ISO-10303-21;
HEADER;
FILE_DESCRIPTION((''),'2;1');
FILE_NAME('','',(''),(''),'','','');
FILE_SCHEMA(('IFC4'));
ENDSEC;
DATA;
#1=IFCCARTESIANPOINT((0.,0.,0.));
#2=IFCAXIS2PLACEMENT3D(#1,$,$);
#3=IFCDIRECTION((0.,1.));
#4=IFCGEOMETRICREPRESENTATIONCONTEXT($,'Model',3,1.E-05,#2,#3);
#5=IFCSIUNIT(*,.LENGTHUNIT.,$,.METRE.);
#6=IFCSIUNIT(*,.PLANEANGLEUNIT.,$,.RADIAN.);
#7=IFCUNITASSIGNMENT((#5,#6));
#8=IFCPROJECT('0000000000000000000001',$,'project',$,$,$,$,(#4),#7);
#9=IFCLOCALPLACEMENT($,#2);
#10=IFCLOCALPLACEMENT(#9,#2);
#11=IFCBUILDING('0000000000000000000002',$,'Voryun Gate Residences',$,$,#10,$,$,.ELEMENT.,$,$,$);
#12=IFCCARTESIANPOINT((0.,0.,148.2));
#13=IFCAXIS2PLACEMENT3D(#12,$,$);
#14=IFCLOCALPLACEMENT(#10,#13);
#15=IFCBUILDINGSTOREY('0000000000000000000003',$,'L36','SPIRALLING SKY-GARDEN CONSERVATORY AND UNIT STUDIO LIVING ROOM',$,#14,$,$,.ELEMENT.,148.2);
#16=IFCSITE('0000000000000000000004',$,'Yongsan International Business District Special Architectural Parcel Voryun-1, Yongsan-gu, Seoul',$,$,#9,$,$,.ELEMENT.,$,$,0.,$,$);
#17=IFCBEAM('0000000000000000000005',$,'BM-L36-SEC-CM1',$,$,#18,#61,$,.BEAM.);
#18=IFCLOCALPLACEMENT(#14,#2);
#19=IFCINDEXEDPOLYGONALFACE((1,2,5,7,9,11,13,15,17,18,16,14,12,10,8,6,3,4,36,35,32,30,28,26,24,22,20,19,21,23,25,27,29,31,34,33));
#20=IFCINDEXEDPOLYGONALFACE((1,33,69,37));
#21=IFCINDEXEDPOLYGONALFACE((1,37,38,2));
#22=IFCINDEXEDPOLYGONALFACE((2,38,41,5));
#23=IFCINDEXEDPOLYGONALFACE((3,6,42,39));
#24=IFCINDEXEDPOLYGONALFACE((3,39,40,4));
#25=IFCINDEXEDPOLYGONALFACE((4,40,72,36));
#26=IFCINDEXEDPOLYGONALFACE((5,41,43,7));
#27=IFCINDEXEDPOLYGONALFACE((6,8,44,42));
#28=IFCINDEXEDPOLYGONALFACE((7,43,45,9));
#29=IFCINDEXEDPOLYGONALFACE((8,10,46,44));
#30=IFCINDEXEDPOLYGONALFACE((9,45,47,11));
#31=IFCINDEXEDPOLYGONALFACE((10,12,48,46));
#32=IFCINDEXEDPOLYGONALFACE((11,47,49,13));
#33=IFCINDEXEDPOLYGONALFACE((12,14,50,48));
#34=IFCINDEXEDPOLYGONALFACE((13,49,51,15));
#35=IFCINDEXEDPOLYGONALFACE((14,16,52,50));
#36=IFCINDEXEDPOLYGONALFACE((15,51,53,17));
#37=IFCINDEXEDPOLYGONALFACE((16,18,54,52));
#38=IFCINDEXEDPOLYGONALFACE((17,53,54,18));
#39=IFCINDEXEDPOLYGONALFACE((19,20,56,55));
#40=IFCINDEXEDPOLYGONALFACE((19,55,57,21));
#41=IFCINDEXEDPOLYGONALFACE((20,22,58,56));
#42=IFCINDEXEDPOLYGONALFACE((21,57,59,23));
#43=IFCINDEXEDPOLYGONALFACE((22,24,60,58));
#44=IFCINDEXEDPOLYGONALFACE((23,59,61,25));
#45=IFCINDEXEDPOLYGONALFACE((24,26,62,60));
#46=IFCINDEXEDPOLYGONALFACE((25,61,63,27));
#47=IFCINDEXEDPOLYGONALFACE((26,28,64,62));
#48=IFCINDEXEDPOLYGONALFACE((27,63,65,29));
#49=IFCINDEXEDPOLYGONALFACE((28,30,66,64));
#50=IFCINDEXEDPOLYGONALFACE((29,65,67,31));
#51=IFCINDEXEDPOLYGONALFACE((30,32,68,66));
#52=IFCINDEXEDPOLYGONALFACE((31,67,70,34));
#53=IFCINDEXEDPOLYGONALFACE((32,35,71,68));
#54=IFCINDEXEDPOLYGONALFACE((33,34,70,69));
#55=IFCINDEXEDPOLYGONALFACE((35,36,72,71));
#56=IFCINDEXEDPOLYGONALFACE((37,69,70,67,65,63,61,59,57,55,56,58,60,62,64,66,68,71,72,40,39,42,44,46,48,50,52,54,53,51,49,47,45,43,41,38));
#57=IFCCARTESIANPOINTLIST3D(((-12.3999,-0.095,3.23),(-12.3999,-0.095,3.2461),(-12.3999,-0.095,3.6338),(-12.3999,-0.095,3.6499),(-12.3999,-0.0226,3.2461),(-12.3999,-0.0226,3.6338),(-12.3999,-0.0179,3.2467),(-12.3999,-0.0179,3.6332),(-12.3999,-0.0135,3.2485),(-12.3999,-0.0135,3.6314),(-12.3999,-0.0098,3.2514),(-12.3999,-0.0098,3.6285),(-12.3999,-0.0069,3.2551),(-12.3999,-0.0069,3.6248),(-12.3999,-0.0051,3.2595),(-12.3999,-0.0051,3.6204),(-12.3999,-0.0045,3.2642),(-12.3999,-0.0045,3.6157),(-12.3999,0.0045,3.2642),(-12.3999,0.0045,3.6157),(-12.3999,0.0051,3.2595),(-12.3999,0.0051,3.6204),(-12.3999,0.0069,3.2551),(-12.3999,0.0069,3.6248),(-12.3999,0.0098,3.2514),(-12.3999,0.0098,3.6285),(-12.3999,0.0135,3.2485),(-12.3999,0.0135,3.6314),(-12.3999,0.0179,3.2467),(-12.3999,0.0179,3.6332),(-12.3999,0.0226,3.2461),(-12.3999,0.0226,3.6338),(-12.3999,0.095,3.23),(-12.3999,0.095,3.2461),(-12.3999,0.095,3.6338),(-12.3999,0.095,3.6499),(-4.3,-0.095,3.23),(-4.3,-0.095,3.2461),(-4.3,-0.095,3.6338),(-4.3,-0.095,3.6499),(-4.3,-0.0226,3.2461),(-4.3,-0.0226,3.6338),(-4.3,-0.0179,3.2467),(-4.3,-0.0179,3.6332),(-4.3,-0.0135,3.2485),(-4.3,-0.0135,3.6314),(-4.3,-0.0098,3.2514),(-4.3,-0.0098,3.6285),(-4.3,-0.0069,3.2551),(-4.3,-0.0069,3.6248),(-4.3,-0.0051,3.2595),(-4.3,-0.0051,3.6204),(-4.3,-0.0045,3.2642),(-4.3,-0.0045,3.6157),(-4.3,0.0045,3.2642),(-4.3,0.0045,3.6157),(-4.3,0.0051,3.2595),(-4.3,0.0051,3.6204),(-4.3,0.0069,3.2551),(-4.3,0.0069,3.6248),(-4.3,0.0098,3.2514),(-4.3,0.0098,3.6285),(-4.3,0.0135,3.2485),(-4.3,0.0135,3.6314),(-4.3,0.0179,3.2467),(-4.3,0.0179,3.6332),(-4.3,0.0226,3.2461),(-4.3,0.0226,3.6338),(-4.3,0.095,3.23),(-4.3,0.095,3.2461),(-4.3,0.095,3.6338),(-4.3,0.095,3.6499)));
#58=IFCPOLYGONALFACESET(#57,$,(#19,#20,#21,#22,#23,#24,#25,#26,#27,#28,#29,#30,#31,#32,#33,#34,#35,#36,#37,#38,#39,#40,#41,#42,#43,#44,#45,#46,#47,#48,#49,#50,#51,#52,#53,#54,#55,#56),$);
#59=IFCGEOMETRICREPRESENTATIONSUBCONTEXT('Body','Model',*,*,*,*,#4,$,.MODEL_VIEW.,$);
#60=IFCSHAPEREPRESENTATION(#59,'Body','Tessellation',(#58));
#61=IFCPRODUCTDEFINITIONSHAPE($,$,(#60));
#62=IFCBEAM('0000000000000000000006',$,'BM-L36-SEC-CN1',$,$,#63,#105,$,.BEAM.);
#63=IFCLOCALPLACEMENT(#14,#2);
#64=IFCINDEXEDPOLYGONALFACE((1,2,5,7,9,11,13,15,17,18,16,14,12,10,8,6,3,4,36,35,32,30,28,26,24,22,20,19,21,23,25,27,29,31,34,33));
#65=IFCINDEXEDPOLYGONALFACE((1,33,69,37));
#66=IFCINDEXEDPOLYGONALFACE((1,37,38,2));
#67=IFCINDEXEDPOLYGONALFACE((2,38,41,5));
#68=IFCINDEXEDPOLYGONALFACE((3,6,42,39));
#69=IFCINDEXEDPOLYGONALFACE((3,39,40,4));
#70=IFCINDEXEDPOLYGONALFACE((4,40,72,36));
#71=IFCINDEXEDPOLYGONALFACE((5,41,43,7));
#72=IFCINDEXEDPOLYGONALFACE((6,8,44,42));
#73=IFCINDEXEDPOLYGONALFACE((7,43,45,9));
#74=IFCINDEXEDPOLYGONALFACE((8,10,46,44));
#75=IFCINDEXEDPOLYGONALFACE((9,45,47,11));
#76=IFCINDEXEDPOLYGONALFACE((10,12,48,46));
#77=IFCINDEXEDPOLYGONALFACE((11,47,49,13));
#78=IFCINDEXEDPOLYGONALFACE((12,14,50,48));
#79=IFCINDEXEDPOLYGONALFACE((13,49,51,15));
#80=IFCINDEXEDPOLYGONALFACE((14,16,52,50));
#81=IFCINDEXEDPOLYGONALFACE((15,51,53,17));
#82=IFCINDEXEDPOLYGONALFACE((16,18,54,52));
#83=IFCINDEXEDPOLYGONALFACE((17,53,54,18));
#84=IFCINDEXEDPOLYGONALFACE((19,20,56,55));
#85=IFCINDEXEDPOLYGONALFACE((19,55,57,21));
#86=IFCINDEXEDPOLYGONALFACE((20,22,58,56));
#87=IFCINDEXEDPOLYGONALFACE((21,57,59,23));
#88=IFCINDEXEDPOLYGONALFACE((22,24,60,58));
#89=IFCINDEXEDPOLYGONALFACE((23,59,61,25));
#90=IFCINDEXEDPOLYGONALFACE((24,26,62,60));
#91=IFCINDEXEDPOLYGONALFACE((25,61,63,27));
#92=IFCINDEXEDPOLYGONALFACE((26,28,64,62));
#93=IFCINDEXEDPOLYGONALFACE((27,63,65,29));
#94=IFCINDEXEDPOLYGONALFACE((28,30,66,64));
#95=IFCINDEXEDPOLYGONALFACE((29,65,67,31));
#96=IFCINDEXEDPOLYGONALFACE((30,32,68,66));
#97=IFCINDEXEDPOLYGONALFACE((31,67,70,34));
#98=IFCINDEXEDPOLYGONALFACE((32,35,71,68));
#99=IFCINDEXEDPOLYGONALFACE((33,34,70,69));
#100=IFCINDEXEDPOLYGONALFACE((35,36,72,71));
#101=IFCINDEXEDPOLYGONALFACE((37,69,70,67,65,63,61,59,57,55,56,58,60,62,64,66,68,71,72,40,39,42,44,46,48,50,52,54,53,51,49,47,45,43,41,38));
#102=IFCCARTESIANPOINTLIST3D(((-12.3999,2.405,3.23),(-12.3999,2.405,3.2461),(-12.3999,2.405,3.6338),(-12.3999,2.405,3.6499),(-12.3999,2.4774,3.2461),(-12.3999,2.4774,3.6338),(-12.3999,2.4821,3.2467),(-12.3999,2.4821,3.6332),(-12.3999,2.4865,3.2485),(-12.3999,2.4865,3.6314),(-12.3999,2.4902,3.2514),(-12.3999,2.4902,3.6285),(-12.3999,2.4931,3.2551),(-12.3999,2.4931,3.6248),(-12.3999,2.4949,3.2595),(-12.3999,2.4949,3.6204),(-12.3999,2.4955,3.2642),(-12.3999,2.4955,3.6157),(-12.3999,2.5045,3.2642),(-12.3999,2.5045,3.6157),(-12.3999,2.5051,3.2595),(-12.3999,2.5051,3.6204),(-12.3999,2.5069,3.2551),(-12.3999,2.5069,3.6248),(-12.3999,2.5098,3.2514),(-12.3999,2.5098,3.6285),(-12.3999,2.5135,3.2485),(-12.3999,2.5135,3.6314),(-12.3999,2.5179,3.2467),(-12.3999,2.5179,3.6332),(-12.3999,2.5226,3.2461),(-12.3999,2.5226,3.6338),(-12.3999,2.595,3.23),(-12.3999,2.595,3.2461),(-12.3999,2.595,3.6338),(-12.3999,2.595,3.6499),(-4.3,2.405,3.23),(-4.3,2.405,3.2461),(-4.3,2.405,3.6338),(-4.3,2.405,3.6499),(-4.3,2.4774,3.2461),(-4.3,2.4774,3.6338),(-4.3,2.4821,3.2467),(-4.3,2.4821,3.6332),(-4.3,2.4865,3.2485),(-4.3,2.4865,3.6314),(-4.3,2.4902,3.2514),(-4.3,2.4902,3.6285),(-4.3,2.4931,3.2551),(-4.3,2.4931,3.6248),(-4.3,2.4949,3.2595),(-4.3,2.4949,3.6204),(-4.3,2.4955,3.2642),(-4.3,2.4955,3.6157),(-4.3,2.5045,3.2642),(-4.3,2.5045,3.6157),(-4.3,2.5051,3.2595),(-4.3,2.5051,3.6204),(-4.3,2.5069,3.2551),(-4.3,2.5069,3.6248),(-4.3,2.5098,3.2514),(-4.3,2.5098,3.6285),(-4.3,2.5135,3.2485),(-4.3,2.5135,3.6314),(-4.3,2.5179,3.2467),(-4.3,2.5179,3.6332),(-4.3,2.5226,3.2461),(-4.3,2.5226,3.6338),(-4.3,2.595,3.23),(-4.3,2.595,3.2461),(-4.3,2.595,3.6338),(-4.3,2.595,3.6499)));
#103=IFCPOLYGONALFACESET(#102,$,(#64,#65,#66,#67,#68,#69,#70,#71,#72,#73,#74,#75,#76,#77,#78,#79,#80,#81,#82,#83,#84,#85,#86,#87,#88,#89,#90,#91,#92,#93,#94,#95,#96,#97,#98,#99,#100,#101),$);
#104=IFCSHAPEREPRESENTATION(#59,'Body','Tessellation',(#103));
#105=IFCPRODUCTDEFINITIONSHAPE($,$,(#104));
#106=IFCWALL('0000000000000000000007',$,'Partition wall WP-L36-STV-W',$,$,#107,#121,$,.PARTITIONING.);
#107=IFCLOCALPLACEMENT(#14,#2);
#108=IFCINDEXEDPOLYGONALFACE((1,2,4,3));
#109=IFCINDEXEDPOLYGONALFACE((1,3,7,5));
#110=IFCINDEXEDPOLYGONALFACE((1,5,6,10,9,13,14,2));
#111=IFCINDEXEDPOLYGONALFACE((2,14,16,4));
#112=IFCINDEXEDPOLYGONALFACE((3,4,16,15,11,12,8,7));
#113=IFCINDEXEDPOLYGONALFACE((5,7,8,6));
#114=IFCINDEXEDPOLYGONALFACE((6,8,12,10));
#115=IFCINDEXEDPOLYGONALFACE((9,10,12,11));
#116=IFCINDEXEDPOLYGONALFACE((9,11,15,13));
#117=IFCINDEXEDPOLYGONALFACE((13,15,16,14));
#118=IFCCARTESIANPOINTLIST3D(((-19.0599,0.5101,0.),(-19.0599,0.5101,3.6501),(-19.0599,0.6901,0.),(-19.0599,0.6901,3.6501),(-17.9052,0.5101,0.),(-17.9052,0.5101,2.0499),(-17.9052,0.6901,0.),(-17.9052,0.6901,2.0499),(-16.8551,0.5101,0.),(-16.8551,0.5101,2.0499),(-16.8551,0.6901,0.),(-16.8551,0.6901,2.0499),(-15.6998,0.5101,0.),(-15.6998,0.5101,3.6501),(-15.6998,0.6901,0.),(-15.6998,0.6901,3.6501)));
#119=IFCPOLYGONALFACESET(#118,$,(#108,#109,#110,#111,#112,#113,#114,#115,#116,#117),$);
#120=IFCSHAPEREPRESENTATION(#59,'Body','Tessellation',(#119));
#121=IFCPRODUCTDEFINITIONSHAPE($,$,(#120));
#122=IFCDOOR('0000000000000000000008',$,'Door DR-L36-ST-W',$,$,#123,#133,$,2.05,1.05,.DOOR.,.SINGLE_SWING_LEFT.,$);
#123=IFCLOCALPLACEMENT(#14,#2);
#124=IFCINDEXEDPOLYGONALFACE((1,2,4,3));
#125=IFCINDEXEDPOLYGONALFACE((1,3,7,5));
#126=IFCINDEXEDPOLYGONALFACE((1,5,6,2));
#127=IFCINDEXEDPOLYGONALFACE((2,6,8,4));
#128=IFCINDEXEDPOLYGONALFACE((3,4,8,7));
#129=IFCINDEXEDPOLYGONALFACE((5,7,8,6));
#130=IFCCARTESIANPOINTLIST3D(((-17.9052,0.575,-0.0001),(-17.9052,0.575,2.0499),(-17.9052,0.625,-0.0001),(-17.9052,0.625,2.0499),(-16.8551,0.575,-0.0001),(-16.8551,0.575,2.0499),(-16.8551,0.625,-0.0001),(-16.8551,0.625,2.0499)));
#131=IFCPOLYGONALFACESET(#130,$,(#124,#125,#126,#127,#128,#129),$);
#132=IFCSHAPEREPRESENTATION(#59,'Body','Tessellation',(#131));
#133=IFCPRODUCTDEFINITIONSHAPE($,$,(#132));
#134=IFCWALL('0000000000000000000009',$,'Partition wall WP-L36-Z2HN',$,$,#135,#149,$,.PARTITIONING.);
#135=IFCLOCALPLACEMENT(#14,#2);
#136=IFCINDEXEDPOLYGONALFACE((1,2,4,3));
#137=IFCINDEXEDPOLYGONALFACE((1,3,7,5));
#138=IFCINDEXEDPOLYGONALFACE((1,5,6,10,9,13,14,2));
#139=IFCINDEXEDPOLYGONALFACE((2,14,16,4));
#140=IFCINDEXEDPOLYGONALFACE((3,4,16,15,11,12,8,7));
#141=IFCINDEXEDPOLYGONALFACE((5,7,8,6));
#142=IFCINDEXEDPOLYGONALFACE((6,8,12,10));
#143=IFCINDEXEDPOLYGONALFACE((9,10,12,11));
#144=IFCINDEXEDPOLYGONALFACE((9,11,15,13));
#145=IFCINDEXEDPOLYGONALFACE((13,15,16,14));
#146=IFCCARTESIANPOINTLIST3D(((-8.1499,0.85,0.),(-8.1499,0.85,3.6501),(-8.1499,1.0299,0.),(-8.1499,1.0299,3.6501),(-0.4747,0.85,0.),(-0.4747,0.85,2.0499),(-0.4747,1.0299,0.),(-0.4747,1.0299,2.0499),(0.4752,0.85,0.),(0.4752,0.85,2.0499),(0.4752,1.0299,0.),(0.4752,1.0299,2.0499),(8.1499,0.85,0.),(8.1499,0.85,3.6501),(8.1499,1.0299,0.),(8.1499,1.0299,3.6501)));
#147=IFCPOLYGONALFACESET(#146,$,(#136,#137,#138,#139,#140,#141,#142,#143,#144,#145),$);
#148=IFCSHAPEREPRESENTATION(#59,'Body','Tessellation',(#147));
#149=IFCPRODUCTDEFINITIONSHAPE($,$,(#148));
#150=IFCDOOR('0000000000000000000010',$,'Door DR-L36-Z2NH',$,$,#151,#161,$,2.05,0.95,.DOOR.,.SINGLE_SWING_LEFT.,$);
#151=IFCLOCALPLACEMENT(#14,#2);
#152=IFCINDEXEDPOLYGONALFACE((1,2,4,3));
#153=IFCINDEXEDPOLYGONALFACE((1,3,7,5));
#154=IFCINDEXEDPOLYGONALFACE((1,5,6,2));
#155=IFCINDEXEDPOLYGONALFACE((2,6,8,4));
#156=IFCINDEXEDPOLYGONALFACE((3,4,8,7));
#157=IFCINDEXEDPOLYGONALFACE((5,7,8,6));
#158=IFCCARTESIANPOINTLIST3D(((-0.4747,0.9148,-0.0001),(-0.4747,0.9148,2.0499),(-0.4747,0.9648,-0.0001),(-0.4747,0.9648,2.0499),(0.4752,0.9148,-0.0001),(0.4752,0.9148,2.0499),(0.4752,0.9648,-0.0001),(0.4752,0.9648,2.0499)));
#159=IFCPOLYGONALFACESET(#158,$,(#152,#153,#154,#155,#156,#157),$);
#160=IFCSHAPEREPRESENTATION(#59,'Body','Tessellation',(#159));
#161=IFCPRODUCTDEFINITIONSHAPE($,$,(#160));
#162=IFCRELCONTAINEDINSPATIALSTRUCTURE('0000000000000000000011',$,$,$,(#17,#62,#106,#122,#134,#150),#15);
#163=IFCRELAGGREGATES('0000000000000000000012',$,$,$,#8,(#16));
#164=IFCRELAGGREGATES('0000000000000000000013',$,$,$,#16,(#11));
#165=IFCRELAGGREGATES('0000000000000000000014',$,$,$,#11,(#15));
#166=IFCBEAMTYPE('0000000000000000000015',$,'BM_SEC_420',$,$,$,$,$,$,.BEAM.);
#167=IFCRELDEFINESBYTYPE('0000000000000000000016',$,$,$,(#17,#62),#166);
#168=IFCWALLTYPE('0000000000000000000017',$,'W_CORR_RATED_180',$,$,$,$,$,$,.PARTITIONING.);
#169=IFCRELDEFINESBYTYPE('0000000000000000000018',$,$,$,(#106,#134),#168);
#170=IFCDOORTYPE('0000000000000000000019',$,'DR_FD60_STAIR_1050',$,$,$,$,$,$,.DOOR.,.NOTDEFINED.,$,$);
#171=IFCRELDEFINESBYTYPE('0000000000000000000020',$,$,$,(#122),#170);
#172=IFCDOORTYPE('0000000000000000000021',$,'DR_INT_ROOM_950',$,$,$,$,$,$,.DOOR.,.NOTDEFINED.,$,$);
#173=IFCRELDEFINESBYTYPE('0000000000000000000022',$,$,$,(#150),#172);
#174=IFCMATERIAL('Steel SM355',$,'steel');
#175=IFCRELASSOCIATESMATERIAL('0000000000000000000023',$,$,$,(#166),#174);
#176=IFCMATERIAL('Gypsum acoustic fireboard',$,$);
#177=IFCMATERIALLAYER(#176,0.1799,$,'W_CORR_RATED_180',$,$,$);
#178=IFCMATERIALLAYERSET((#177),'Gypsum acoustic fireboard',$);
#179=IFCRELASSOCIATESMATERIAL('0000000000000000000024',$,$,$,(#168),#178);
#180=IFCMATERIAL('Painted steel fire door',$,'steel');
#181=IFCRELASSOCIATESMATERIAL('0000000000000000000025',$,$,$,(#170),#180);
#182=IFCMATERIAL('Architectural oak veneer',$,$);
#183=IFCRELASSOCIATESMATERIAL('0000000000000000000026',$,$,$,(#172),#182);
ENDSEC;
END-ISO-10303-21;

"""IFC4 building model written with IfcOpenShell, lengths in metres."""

from ifc_helpers import new_model, si_unit, direction, frame, frame_2d, origin, origin_2d, place, context, subcontext, project, spatial, rectangle, i_section, extrude, material, layer, layer_set, material_profile, profile_set, type_object, element, fill, save


model = new_model("IFC4")

# Units and contexts
model_context = context("Model", 3, precision=1e-05, world=origin(), true_north=direction((0.0, 1.0)))
body_context = subcontext(model_context, "Body", "Model", "MODEL_VIEW")
ifc_project = project(units=[si_unit("LENGTHUNIT", "METRE"), si_unit("PLANEANGLEUNIT", "RADIAN")], contexts=[model_context])

# Site, building, storey
site_placement = place(None, origin())
site = spatial("IfcSite", under=ifc_project, at=site_placement, Name="Yongsan International Business District Special Architectural Parcel Voryun-1, Yongsan-gu, Seoul", CompositionType="ELEMENT", RefElevation=0.0)
building_placement = place(site_placement, origin())
building = spatial("IfcBuilding", under=site, at=building_placement, Name="Voryun Gate Residences", CompositionType="ELEMENT")
storey_placement = place(building_placement, frame((0.0, 0.0, 148.2)))
storey = spatial("IfcBuildingStorey", under=building, at=storey_placement, Name="L36", Description="SPIRALLING SKY-GARDEN CONSERVATORY AND UNIT STUDIO LIVING ROOM", CompositionType="ELEMENT", Elevation=148.2)

# Beams
ifc_material_1 = material(Name="Steel SM355", Category="steel")
ifc_material_profile = material_profile(ifc_material_1, i_section(OverallWidth=0.1899, OverallDepth=0.4199, WebThickness=0.009, FlangeThickness=0.0161, FilletRadius=0.0181, at=origin_2d()), Name="H-420x190x9x16")
ifc_profile_set = profile_set([ifc_material_profile], Name="Steel SM355")
beam_type = type_object("IfcBeamType", Name="BM_SEC_420", PredefinedType="BEAM", material=ifc_profile_set)
for number, where, z_axis, x_axis, name in (
    (1, (-12.3999, 0.0, 3.4399), (1.0, 0.0, 0.0), (0.0, 1.0, 0.0), "BM-L36-SEC-CM1"),
    (2, (-12.3999, 2.5, 3.4399), (1.0, 0.0, 0.0), (0.0, 1.0, 0.0), "BM-L36-SEC-CN1"),
):
    element("IfcBeam", number, at=place(storey_placement, frame(where, z_axis=z_axis, x_axis=x_axis)), inside=storey, type_object=beam_type, Name=name, PredefinedType="BEAM", context=body_context, shape_type="SweptSolid", body=[
        extrude(i_section(OverallWidth=0.1899, OverallDepth=0.4199, WebThickness=0.009, FlangeThickness=0.0161, FilletRadius=0.0181, at=origin_2d()), origin(), (0.0, 0.0, 1.0), 8.0999),
    ])

# Walls, openings, doors
ifc_material_2 = material(Name="Gypsum acoustic fireboard")
ifc_layer_1 = layer(ifc_material_2, 0.1799, Name="W_CORR_RATED_180")
ifc_layer_set_1 = layer_set([ifc_layer_1], Name="Gypsum acoustic fireboard")
wall_type_1 = type_object("IfcWallType", Name="W_CORR_RATED_180", PredefinedType="PARTITIONING", material=ifc_layer_set_1)
wall_1_placement = place(storey_placement, frame((-19.0601, 0.6001, 0.0), z_axis=(0.0, 0.0, 1.0), x_axis=(1.0, 0.0, 0.0)))
wall_1 = element("IfcWall", 3, at=wall_1_placement, inside=storey, type_object=wall_type_1, Name="Partition wall WP-L36-STV-W", PredefinedType="PARTITIONING", context=body_context, shape_type="SweptSolid", body=[
    extrude(rectangle(XDim=3.3601, YDim=0.1799, at=frame_2d((1.6802, 0.0))), origin(), (0.0, 0.0, 1.0), 3.6501),
])
opening_1_placement = place(wall_1_placement, frame((1.155, 0.0, 0.0)))
opening_1 = element("IfcOpeningElement", 4, at=opening_1_placement, cuts=wall_1, PredefinedType="OPENING", context=body_context, shape_type="SweptSolid", body=[
    extrude(rectangle(XDim=1.05, YDim=2.05, at=frame_2d((0.5249, 1.0249))), frame((0.0, 0.0999, 0.0), z_axis=(0.0, -1.0, 0.0), x_axis=(1.0, 0.0, 0.0)), (0.0, 0.0, 1.0), 0.2),
])
ifc_material_3 = material(Name="Painted steel fire door", Category="steel")
door_type_1 = type_object("IfcDoorType", Name="DR_FD60_STAIR_1050", OperationType="NOTDEFINED", PredefinedType="DOOR", material=ifc_material_3)
door_1_placement = place(opening_1_placement, origin())
door_1 = element("IfcDoor", 5, at=door_1_placement, inside=storey, type_object=door_type_1, Name="Door DR-L36-ST-W", OperationType="SINGLE_SWING_LEFT", OverallHeight=2.05, OverallWidth=1.05, PredefinedType="DOOR", context=body_context, shape_type="SweptSolid", body=[
    extrude(rectangle(XDim=1.05, YDim=2.05, at=frame_2d((0.5249, 1.0249))), frame((0.0, 0.0249, 0.0), z_axis=(0.0, -1.0, 0.0), x_axis=(1.0, 0.0, 0.0)), (0.0, 0.0, 1.0), 0.05),
])
fill(opening_1, door_1)
wall_2_placement = place(storey_placement, frame((-8.1499, 0.9399, 0.0), z_axis=(0.0, 0.0, 1.0), x_axis=(1.0, 0.0, 0.0)))
wall_2 = element("IfcWall", 6, at=wall_2_placement, inside=storey, type_object=wall_type_1, Name="Partition wall WP-L36-Z2HN", PredefinedType="PARTITIONING", context=body_context, shape_type="SweptSolid", body=[
    extrude(rectangle(XDim=16.2998, YDim=0.1799, at=frame_2d((8.1499, 0.0))), origin(), (0.0, 0.0, 1.0), 3.6501),
])
opening_2_placement = place(wall_2_placement, frame((7.675, 0.0, 0.0)))
opening_2 = element("IfcOpeningElement", 7, at=opening_2_placement, cuts=wall_2, PredefinedType="OPENING", context=body_context, shape_type="SweptSolid", body=[
    extrude(rectangle(XDim=0.95, YDim=2.05, at=frame_2d((0.4751, 1.0249))), frame((0.0, 0.0999, 0.0), z_axis=(0.0, -1.0, 0.0), x_axis=(1.0, 0.0, 0.0)), (0.0, 0.0, 1.0), 0.2),
])
ifc_material_4 = material(Name="Architectural oak veneer")
door_type_2 = type_object("IfcDoorType", Name="DR_INT_ROOM_950", OperationType="NOTDEFINED", PredefinedType="DOOR", material=ifc_material_4)
door_2_placement = place(opening_2_placement, origin())
door_2 = element("IfcDoor", 8, at=door_2_placement, inside=storey, type_object=door_type_2, Name="Door DR-L36-Z2NH", OperationType="SINGLE_SWING_LEFT", OverallHeight=2.05, OverallWidth=0.95, PredefinedType="DOOR", context=body_context, shape_type="SweptSolid", body=[
    extrude(rectangle(XDim=0.95, YDim=2.05, at=frame_2d((0.4751, 1.0249))), frame((0.0, 0.0249, 0.0), z_axis=(0.0, -1.0, 0.0), x_axis=(1.0, 0.0, 0.0)), (0.0, 0.0, 1.0), 0.05),
])
fill(opening_2, door_2)

save(model, "model.ifc")
